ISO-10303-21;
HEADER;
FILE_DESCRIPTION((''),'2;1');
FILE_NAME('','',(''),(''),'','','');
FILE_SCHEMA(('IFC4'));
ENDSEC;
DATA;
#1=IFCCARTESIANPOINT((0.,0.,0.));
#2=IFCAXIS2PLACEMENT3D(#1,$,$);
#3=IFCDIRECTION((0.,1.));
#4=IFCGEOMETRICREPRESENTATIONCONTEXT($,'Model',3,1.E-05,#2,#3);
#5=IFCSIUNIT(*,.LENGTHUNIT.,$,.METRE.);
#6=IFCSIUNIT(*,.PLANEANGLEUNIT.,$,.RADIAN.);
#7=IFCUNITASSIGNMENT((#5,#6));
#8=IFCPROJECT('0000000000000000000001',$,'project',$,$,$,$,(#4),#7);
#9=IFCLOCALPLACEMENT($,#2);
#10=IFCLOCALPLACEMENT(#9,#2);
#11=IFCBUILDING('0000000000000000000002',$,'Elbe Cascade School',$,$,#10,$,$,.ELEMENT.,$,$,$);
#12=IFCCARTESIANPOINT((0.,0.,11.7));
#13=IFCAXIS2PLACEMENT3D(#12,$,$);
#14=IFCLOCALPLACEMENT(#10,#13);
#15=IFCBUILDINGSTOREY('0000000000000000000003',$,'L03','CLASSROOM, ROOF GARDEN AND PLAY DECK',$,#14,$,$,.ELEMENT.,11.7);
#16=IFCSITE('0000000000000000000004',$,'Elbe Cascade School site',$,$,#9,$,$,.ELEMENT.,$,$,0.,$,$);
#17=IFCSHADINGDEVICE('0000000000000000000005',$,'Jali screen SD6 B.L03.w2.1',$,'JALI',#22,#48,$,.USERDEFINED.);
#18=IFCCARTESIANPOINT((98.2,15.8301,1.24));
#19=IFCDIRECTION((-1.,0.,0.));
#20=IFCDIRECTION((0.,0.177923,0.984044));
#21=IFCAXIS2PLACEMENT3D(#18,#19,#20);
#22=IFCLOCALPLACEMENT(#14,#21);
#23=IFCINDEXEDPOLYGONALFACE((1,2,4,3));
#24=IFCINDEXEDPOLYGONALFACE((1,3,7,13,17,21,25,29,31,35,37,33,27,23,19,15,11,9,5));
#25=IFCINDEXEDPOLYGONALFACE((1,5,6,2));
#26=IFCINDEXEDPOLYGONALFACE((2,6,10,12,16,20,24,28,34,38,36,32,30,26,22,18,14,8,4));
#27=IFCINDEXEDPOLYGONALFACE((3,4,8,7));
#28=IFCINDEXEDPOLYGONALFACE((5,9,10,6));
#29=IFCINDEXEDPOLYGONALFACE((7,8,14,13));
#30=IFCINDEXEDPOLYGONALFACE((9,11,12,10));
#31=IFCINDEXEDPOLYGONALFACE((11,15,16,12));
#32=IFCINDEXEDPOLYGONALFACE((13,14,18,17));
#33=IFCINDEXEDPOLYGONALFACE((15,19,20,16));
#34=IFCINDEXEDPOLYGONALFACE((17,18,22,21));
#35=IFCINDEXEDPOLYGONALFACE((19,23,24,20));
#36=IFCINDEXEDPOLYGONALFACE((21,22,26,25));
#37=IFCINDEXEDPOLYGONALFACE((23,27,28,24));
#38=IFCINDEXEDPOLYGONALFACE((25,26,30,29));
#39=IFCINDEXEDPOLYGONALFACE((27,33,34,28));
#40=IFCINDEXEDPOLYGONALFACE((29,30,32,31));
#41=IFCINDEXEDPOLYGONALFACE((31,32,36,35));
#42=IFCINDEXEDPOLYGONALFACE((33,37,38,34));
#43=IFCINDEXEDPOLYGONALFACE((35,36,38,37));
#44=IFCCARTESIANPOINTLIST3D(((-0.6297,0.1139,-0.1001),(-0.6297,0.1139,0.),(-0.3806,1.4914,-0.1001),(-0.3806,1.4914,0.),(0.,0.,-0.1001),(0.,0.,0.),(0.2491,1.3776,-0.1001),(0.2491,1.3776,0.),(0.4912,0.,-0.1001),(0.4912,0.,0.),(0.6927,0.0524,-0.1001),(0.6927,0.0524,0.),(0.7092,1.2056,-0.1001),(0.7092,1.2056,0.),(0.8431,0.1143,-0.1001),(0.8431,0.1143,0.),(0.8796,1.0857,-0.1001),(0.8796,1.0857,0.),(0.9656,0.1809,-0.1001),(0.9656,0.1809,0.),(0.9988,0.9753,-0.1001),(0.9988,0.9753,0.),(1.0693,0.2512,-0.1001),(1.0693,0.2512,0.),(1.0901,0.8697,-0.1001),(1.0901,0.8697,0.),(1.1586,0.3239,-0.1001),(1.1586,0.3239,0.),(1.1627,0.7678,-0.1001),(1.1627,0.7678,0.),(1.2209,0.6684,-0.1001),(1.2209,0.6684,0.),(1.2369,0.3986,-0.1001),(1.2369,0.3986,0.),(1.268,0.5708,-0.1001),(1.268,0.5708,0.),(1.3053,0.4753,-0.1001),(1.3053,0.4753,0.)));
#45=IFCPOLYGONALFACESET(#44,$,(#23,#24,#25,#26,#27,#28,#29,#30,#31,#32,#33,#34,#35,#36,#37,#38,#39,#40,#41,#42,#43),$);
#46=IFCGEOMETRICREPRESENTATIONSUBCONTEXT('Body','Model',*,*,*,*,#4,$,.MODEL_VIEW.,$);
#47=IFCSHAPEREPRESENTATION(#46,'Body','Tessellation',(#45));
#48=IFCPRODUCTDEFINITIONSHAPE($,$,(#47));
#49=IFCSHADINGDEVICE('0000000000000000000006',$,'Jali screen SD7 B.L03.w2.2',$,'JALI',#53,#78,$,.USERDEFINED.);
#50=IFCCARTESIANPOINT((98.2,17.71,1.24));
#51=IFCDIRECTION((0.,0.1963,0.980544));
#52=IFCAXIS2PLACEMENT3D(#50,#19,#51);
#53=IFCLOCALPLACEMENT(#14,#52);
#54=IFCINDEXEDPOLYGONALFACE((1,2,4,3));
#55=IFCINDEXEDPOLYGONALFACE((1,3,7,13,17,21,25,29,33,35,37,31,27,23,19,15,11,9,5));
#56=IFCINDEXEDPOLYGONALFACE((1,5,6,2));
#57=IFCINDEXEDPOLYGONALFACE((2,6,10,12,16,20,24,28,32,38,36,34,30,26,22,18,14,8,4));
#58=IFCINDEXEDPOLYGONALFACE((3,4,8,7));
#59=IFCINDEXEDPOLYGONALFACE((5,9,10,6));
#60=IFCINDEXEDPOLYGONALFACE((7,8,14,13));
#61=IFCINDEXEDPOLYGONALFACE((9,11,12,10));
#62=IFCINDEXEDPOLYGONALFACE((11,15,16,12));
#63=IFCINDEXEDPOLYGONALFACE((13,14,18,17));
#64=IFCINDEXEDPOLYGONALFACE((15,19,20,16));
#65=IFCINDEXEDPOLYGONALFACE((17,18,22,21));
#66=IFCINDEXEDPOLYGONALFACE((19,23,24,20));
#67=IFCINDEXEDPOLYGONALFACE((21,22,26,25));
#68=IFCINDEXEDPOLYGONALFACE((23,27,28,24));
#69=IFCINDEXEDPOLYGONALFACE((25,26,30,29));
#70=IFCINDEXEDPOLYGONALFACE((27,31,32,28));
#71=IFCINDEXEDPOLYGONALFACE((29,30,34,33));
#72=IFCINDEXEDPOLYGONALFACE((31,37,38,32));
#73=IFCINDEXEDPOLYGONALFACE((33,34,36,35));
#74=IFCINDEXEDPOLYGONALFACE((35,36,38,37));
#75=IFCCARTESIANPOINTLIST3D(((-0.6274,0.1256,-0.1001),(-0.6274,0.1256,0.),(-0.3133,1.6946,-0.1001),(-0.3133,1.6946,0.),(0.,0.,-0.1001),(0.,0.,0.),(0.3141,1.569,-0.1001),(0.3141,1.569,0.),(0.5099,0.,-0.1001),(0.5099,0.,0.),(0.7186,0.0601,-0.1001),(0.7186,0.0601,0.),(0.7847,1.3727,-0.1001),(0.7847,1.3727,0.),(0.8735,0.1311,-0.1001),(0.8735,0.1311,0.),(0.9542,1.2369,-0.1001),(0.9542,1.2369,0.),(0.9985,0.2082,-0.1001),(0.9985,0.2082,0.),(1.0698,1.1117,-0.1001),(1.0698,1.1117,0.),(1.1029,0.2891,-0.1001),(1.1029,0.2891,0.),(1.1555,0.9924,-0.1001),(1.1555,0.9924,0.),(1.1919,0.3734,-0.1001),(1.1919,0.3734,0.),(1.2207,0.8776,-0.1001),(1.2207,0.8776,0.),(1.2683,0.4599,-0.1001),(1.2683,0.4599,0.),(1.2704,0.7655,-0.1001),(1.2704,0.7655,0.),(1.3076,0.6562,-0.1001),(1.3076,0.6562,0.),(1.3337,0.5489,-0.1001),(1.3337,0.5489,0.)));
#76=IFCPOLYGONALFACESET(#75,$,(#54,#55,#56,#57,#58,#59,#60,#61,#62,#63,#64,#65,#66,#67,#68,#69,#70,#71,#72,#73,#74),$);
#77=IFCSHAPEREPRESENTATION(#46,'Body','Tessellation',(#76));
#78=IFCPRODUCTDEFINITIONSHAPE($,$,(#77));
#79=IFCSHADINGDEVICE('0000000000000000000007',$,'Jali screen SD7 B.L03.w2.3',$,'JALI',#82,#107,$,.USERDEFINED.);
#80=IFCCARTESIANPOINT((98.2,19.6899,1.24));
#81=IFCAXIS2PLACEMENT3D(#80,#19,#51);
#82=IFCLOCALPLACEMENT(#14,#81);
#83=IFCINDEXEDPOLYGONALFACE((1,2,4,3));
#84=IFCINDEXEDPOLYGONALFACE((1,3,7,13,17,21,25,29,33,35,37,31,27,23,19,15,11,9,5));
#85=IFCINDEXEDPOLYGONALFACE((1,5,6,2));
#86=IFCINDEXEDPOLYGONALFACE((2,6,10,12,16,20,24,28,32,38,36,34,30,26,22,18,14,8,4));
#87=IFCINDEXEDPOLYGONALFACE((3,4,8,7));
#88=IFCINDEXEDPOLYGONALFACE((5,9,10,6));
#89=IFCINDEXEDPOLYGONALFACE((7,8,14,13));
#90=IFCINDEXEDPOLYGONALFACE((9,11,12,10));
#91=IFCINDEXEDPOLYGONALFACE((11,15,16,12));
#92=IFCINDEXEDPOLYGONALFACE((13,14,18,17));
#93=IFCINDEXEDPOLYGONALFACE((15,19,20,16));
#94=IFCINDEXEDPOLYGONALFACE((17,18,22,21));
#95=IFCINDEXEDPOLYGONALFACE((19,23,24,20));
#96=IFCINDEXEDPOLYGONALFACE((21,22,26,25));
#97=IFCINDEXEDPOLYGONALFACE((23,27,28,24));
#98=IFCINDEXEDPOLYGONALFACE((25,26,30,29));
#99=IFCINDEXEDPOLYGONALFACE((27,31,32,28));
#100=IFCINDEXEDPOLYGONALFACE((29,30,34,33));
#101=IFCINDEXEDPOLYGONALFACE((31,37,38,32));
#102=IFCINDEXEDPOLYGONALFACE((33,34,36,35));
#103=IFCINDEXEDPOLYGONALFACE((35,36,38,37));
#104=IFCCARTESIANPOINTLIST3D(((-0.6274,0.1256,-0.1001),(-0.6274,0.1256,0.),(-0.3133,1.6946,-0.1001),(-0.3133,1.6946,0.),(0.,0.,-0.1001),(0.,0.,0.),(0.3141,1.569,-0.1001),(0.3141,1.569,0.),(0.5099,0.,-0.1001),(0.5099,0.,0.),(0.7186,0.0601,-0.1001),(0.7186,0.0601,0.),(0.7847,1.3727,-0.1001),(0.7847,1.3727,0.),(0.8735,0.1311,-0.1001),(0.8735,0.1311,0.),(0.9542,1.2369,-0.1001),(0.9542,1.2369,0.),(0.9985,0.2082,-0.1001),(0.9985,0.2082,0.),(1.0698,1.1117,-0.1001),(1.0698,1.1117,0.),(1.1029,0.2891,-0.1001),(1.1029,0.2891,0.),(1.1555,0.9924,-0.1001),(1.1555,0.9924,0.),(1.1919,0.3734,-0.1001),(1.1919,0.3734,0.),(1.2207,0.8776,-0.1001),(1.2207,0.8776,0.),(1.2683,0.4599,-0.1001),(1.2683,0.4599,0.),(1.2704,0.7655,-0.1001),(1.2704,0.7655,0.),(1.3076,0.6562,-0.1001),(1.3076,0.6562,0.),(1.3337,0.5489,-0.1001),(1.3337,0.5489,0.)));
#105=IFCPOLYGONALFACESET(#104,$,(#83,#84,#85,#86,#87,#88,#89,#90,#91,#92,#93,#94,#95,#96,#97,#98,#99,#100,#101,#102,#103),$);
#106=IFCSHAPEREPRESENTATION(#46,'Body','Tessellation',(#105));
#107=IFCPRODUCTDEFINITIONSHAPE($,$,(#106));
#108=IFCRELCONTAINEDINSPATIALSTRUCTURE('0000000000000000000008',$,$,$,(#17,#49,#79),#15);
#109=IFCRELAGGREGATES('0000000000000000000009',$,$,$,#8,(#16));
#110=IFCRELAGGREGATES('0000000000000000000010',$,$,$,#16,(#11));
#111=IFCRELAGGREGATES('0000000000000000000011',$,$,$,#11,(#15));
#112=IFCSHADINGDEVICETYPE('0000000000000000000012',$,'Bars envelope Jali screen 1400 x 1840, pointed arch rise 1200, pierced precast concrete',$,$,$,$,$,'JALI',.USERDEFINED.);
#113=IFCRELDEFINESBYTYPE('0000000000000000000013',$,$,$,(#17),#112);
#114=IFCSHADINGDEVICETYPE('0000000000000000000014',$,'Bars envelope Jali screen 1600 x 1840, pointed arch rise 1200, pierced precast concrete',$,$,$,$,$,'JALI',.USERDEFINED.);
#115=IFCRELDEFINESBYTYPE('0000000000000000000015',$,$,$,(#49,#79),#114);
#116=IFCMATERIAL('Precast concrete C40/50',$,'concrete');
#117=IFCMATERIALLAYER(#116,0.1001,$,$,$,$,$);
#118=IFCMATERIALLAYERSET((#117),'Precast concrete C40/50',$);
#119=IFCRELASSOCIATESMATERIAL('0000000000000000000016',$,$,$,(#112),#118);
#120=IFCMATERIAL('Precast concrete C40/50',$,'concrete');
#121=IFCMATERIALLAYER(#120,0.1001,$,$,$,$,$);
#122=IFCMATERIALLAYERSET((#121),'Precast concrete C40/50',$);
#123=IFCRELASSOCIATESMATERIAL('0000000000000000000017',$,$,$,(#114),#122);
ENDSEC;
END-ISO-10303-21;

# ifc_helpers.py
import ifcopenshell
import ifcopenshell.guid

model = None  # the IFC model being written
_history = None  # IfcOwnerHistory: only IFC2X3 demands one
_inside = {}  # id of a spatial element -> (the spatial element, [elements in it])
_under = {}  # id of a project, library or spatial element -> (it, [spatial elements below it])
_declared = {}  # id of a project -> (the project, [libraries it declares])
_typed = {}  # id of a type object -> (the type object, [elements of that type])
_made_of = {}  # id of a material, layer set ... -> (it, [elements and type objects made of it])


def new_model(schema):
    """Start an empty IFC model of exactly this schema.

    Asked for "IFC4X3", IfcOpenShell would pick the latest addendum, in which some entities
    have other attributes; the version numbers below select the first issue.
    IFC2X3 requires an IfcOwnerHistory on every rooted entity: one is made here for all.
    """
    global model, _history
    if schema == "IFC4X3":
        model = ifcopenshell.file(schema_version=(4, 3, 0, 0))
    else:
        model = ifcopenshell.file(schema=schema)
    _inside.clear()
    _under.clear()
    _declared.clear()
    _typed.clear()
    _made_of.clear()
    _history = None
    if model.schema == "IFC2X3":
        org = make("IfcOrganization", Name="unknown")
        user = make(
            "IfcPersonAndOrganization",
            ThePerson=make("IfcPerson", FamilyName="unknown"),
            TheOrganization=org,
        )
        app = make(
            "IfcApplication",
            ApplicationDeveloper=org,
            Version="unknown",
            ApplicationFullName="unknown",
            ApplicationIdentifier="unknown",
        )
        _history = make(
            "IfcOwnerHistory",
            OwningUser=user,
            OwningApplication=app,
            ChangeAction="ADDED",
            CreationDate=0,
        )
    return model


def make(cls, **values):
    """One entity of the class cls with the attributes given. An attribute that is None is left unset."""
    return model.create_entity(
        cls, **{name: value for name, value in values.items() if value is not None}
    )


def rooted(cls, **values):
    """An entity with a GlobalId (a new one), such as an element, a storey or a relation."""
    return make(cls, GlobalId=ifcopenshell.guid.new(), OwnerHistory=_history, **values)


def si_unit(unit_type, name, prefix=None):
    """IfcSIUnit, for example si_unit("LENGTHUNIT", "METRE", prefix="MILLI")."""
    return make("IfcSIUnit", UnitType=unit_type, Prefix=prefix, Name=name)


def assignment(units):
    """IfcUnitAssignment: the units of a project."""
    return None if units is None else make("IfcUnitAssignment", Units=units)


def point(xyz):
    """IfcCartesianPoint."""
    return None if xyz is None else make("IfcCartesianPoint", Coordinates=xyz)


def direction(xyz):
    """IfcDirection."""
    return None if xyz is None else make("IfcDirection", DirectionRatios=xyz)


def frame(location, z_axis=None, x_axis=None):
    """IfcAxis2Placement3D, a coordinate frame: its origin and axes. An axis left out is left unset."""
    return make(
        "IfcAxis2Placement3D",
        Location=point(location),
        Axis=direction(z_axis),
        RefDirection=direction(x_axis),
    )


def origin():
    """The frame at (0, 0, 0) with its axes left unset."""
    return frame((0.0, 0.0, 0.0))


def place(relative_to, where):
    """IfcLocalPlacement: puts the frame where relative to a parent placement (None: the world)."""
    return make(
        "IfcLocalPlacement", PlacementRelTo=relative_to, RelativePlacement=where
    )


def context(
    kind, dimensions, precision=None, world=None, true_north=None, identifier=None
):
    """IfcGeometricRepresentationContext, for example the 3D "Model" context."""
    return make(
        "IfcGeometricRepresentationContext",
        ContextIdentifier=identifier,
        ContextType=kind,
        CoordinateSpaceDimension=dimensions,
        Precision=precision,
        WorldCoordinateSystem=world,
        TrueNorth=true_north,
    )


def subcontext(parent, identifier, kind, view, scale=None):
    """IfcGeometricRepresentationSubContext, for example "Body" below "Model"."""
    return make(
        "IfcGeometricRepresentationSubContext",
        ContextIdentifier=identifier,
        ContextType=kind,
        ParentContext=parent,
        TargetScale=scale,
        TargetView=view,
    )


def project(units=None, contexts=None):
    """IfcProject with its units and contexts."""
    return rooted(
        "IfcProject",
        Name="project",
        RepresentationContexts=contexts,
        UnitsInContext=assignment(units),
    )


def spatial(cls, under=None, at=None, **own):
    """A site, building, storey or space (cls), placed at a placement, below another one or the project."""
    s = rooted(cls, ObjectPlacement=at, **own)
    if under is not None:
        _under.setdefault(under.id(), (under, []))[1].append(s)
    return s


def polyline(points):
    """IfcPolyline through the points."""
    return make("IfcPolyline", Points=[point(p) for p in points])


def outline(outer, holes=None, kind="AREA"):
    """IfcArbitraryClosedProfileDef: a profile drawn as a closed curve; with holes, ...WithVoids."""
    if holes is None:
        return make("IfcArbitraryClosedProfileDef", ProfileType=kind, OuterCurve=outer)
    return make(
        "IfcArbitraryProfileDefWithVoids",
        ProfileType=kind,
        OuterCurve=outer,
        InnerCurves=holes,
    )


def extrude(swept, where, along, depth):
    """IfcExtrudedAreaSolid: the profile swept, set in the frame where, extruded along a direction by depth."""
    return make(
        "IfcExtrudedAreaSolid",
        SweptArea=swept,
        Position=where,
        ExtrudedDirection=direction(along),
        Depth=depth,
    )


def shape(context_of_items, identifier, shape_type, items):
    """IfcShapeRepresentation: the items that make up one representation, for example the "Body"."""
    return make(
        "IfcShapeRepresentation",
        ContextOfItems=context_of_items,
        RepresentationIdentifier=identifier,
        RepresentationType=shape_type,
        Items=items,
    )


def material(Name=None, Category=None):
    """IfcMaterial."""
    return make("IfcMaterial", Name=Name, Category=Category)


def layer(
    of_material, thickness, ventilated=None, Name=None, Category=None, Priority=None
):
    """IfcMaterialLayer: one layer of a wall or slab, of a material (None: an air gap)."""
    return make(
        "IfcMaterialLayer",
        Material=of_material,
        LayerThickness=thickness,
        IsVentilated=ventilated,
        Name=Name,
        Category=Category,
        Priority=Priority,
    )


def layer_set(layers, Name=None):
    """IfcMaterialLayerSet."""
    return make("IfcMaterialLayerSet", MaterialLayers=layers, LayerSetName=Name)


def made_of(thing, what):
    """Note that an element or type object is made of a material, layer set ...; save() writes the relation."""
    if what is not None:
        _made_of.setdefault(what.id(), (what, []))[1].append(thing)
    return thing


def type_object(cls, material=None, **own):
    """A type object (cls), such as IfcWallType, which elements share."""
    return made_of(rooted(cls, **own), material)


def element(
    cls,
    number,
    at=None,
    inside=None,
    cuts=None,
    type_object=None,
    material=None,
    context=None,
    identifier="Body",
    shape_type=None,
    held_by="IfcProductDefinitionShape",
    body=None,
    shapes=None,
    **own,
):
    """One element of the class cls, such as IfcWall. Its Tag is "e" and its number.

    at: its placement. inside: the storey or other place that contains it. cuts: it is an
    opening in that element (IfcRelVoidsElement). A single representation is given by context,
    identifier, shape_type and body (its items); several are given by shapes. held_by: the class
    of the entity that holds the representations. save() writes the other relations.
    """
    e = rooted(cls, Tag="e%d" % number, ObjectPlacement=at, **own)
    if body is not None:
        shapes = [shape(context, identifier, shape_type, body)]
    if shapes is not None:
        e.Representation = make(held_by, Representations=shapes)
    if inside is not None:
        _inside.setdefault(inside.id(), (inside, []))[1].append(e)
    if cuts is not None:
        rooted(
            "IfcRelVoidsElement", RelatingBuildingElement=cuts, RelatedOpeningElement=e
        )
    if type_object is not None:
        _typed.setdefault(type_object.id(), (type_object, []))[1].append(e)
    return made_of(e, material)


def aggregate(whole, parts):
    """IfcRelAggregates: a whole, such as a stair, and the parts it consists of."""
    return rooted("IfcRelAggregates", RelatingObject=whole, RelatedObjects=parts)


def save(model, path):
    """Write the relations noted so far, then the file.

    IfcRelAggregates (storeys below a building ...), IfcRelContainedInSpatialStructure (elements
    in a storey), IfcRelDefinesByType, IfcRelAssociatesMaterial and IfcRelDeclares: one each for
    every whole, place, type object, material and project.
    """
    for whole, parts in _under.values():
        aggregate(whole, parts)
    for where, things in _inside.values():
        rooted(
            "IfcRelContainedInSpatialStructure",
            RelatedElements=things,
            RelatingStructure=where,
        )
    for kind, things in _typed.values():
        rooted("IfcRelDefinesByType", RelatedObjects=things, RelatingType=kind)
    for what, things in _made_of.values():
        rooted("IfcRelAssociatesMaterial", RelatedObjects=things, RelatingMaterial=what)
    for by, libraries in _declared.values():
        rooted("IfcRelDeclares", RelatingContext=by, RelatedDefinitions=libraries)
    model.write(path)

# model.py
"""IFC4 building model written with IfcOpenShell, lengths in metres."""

from ifc_helpers import new_model, si_unit, direction, frame, origin, place, context, subcontext, project, spatial, polyline, outline, extrude, material, layer, layer_set, type_object, element, save


model = new_model("IFC4")

# Units and contexts
model_context = context("Model", 3, precision=1e-05, world=origin(), true_north=direction((0.0, 1.0)))
body_context = subcontext(model_context, "Body", "Model", "MODEL_VIEW")
ifc_project = project(units=[si_unit("LENGTHUNIT", "METRE"), si_unit("PLANEANGLEUNIT", "RADIAN")], contexts=[model_context])

# Site, building, storey
site_placement = place(None, origin())
site = spatial("IfcSite", under=ifc_project, at=site_placement, Name="Elbe Cascade School site", CompositionType="ELEMENT", RefElevation=0.0)
building_placement = place(site_placement, origin())
building = spatial("IfcBuilding", under=site, at=building_placement, Name="Elbe Cascade School", CompositionType="ELEMENT")
storey_placement = place(building_placement, frame((0.0, 0.0, 11.7)))
storey = spatial("IfcBuildingStorey", under=building, at=storey_placement, Name="L03", Description="CLASSROOM, ROOF GARDEN AND PLAY DECK", CompositionType="ELEMENT", Elevation=11.7)

# Shading devices
ifc_material_1 = material(Name="Precast concrete C40/50", Category="concrete")
ifc_layer_1 = layer(ifc_material_1, 0.1001)
ifc_layer_set_1 = layer_set([ifc_layer_1], Name="Precast concrete C40/50")
shading_device_type_1 = type_object("IfcShadingDeviceType", Name="Bars envelope Jali screen 1400 x 1840, pointed arch rise 1200, pierced precast concrete", ElementType="JALI", PredefinedType="USERDEFINED", material=ifc_layer_set_1)
shading_device_1_placement = place(storey_placement, frame((98.2, 15.8301, 1.24), z_axis=(-1.0, 0.0, 0.0), x_axis=(0.0, 0.177923, 0.984044)))
element("IfcShadingDevice", 1, at=shading_device_1_placement, inside=storey, type_object=shading_device_type_1, Name="Jali screen SD6 B.L03.w2.1", ObjectType="JALI", PredefinedType="USERDEFINED", context=body_context, shape_type="SweptSolid", body=[
    extrude(outline(polyline([(0.0, 0.0), (0.4912, 0.0), (0.6927, 0.0524), (0.8431, 0.1143), (0.9656, 0.1809), (1.0693, 0.2512), (1.1586, 0.3239), (1.2369, 0.3986), (1.3053, 0.4753), (1.268, 0.5708), (1.2209, 0.6684), (1.1627, 0.7678), (1.0901, 0.8697), (0.9988, 0.9753), (0.8796, 1.0857), (0.7092, 1.2056), (0.2491, 1.3776), (-0.3806, 1.4914), (-0.6297, 0.1139), (0.0, 0.0)])), origin(), (0.0, 0.0, -1.0), 0.1001),
])
ifc_material_2 = material(Name="Precast concrete C40/50", Category="concrete")
ifc_layer_2 = layer(ifc_material_2, 0.1001)
ifc_layer_set_2 = layer_set([ifc_layer_2], Name="Precast concrete C40/50")
shading_device_type_2 = type_object("IfcShadingDeviceType", Name="Bars envelope Jali screen 1600 x 1840, pointed arch rise 1200, pierced precast concrete", ElementType="JALI", PredefinedType="USERDEFINED", material=ifc_layer_set_2)
for number, where, z_axis, x_axis, name in (
    (2, (98.2, 17.71, 1.24), (-1.0, 0.0, 0.0), (0.0, 0.1963, 0.980544), "Jali screen SD7 B.L03.w2.2"),
    (3, (98.2, 19.6899, 1.24), (-1.0, 0.0, 0.0), (0.0, 0.1963, 0.980544), "Jali screen SD7 B.L03.w2.3"),
):
    element("IfcShadingDevice", number, at=place(storey_placement, frame(where, z_axis=z_axis, x_axis=x_axis)), inside=storey, type_object=shading_device_type_2, Name=name, ObjectType="JALI", PredefinedType="USERDEFINED", context=body_context, shape_type="SweptSolid", body=[
        extrude(outline(polyline([(0.0, 0.0), (0.5099, 0.0), (0.7186, 0.0601), (0.8735, 0.1311), (0.9985, 0.2082), (1.1029, 0.2891), (1.1919, 0.3734), (1.2683, 0.4599), (1.3337, 0.5489), (1.3076, 0.6562), (1.2704, 0.7655), (1.2207, 0.8776), (1.1555, 0.9924), (1.0698, 1.1117), (0.9542, 1.2369), (0.7847, 1.3727), (0.3141, 1.569), (-0.3133, 1.6946), (-0.6274, 0.1256), (0.0, 0.0)])), origin(), (0.0, 0.0, -1.0), 0.1001),
    ])

save(model, "model.ifc")
